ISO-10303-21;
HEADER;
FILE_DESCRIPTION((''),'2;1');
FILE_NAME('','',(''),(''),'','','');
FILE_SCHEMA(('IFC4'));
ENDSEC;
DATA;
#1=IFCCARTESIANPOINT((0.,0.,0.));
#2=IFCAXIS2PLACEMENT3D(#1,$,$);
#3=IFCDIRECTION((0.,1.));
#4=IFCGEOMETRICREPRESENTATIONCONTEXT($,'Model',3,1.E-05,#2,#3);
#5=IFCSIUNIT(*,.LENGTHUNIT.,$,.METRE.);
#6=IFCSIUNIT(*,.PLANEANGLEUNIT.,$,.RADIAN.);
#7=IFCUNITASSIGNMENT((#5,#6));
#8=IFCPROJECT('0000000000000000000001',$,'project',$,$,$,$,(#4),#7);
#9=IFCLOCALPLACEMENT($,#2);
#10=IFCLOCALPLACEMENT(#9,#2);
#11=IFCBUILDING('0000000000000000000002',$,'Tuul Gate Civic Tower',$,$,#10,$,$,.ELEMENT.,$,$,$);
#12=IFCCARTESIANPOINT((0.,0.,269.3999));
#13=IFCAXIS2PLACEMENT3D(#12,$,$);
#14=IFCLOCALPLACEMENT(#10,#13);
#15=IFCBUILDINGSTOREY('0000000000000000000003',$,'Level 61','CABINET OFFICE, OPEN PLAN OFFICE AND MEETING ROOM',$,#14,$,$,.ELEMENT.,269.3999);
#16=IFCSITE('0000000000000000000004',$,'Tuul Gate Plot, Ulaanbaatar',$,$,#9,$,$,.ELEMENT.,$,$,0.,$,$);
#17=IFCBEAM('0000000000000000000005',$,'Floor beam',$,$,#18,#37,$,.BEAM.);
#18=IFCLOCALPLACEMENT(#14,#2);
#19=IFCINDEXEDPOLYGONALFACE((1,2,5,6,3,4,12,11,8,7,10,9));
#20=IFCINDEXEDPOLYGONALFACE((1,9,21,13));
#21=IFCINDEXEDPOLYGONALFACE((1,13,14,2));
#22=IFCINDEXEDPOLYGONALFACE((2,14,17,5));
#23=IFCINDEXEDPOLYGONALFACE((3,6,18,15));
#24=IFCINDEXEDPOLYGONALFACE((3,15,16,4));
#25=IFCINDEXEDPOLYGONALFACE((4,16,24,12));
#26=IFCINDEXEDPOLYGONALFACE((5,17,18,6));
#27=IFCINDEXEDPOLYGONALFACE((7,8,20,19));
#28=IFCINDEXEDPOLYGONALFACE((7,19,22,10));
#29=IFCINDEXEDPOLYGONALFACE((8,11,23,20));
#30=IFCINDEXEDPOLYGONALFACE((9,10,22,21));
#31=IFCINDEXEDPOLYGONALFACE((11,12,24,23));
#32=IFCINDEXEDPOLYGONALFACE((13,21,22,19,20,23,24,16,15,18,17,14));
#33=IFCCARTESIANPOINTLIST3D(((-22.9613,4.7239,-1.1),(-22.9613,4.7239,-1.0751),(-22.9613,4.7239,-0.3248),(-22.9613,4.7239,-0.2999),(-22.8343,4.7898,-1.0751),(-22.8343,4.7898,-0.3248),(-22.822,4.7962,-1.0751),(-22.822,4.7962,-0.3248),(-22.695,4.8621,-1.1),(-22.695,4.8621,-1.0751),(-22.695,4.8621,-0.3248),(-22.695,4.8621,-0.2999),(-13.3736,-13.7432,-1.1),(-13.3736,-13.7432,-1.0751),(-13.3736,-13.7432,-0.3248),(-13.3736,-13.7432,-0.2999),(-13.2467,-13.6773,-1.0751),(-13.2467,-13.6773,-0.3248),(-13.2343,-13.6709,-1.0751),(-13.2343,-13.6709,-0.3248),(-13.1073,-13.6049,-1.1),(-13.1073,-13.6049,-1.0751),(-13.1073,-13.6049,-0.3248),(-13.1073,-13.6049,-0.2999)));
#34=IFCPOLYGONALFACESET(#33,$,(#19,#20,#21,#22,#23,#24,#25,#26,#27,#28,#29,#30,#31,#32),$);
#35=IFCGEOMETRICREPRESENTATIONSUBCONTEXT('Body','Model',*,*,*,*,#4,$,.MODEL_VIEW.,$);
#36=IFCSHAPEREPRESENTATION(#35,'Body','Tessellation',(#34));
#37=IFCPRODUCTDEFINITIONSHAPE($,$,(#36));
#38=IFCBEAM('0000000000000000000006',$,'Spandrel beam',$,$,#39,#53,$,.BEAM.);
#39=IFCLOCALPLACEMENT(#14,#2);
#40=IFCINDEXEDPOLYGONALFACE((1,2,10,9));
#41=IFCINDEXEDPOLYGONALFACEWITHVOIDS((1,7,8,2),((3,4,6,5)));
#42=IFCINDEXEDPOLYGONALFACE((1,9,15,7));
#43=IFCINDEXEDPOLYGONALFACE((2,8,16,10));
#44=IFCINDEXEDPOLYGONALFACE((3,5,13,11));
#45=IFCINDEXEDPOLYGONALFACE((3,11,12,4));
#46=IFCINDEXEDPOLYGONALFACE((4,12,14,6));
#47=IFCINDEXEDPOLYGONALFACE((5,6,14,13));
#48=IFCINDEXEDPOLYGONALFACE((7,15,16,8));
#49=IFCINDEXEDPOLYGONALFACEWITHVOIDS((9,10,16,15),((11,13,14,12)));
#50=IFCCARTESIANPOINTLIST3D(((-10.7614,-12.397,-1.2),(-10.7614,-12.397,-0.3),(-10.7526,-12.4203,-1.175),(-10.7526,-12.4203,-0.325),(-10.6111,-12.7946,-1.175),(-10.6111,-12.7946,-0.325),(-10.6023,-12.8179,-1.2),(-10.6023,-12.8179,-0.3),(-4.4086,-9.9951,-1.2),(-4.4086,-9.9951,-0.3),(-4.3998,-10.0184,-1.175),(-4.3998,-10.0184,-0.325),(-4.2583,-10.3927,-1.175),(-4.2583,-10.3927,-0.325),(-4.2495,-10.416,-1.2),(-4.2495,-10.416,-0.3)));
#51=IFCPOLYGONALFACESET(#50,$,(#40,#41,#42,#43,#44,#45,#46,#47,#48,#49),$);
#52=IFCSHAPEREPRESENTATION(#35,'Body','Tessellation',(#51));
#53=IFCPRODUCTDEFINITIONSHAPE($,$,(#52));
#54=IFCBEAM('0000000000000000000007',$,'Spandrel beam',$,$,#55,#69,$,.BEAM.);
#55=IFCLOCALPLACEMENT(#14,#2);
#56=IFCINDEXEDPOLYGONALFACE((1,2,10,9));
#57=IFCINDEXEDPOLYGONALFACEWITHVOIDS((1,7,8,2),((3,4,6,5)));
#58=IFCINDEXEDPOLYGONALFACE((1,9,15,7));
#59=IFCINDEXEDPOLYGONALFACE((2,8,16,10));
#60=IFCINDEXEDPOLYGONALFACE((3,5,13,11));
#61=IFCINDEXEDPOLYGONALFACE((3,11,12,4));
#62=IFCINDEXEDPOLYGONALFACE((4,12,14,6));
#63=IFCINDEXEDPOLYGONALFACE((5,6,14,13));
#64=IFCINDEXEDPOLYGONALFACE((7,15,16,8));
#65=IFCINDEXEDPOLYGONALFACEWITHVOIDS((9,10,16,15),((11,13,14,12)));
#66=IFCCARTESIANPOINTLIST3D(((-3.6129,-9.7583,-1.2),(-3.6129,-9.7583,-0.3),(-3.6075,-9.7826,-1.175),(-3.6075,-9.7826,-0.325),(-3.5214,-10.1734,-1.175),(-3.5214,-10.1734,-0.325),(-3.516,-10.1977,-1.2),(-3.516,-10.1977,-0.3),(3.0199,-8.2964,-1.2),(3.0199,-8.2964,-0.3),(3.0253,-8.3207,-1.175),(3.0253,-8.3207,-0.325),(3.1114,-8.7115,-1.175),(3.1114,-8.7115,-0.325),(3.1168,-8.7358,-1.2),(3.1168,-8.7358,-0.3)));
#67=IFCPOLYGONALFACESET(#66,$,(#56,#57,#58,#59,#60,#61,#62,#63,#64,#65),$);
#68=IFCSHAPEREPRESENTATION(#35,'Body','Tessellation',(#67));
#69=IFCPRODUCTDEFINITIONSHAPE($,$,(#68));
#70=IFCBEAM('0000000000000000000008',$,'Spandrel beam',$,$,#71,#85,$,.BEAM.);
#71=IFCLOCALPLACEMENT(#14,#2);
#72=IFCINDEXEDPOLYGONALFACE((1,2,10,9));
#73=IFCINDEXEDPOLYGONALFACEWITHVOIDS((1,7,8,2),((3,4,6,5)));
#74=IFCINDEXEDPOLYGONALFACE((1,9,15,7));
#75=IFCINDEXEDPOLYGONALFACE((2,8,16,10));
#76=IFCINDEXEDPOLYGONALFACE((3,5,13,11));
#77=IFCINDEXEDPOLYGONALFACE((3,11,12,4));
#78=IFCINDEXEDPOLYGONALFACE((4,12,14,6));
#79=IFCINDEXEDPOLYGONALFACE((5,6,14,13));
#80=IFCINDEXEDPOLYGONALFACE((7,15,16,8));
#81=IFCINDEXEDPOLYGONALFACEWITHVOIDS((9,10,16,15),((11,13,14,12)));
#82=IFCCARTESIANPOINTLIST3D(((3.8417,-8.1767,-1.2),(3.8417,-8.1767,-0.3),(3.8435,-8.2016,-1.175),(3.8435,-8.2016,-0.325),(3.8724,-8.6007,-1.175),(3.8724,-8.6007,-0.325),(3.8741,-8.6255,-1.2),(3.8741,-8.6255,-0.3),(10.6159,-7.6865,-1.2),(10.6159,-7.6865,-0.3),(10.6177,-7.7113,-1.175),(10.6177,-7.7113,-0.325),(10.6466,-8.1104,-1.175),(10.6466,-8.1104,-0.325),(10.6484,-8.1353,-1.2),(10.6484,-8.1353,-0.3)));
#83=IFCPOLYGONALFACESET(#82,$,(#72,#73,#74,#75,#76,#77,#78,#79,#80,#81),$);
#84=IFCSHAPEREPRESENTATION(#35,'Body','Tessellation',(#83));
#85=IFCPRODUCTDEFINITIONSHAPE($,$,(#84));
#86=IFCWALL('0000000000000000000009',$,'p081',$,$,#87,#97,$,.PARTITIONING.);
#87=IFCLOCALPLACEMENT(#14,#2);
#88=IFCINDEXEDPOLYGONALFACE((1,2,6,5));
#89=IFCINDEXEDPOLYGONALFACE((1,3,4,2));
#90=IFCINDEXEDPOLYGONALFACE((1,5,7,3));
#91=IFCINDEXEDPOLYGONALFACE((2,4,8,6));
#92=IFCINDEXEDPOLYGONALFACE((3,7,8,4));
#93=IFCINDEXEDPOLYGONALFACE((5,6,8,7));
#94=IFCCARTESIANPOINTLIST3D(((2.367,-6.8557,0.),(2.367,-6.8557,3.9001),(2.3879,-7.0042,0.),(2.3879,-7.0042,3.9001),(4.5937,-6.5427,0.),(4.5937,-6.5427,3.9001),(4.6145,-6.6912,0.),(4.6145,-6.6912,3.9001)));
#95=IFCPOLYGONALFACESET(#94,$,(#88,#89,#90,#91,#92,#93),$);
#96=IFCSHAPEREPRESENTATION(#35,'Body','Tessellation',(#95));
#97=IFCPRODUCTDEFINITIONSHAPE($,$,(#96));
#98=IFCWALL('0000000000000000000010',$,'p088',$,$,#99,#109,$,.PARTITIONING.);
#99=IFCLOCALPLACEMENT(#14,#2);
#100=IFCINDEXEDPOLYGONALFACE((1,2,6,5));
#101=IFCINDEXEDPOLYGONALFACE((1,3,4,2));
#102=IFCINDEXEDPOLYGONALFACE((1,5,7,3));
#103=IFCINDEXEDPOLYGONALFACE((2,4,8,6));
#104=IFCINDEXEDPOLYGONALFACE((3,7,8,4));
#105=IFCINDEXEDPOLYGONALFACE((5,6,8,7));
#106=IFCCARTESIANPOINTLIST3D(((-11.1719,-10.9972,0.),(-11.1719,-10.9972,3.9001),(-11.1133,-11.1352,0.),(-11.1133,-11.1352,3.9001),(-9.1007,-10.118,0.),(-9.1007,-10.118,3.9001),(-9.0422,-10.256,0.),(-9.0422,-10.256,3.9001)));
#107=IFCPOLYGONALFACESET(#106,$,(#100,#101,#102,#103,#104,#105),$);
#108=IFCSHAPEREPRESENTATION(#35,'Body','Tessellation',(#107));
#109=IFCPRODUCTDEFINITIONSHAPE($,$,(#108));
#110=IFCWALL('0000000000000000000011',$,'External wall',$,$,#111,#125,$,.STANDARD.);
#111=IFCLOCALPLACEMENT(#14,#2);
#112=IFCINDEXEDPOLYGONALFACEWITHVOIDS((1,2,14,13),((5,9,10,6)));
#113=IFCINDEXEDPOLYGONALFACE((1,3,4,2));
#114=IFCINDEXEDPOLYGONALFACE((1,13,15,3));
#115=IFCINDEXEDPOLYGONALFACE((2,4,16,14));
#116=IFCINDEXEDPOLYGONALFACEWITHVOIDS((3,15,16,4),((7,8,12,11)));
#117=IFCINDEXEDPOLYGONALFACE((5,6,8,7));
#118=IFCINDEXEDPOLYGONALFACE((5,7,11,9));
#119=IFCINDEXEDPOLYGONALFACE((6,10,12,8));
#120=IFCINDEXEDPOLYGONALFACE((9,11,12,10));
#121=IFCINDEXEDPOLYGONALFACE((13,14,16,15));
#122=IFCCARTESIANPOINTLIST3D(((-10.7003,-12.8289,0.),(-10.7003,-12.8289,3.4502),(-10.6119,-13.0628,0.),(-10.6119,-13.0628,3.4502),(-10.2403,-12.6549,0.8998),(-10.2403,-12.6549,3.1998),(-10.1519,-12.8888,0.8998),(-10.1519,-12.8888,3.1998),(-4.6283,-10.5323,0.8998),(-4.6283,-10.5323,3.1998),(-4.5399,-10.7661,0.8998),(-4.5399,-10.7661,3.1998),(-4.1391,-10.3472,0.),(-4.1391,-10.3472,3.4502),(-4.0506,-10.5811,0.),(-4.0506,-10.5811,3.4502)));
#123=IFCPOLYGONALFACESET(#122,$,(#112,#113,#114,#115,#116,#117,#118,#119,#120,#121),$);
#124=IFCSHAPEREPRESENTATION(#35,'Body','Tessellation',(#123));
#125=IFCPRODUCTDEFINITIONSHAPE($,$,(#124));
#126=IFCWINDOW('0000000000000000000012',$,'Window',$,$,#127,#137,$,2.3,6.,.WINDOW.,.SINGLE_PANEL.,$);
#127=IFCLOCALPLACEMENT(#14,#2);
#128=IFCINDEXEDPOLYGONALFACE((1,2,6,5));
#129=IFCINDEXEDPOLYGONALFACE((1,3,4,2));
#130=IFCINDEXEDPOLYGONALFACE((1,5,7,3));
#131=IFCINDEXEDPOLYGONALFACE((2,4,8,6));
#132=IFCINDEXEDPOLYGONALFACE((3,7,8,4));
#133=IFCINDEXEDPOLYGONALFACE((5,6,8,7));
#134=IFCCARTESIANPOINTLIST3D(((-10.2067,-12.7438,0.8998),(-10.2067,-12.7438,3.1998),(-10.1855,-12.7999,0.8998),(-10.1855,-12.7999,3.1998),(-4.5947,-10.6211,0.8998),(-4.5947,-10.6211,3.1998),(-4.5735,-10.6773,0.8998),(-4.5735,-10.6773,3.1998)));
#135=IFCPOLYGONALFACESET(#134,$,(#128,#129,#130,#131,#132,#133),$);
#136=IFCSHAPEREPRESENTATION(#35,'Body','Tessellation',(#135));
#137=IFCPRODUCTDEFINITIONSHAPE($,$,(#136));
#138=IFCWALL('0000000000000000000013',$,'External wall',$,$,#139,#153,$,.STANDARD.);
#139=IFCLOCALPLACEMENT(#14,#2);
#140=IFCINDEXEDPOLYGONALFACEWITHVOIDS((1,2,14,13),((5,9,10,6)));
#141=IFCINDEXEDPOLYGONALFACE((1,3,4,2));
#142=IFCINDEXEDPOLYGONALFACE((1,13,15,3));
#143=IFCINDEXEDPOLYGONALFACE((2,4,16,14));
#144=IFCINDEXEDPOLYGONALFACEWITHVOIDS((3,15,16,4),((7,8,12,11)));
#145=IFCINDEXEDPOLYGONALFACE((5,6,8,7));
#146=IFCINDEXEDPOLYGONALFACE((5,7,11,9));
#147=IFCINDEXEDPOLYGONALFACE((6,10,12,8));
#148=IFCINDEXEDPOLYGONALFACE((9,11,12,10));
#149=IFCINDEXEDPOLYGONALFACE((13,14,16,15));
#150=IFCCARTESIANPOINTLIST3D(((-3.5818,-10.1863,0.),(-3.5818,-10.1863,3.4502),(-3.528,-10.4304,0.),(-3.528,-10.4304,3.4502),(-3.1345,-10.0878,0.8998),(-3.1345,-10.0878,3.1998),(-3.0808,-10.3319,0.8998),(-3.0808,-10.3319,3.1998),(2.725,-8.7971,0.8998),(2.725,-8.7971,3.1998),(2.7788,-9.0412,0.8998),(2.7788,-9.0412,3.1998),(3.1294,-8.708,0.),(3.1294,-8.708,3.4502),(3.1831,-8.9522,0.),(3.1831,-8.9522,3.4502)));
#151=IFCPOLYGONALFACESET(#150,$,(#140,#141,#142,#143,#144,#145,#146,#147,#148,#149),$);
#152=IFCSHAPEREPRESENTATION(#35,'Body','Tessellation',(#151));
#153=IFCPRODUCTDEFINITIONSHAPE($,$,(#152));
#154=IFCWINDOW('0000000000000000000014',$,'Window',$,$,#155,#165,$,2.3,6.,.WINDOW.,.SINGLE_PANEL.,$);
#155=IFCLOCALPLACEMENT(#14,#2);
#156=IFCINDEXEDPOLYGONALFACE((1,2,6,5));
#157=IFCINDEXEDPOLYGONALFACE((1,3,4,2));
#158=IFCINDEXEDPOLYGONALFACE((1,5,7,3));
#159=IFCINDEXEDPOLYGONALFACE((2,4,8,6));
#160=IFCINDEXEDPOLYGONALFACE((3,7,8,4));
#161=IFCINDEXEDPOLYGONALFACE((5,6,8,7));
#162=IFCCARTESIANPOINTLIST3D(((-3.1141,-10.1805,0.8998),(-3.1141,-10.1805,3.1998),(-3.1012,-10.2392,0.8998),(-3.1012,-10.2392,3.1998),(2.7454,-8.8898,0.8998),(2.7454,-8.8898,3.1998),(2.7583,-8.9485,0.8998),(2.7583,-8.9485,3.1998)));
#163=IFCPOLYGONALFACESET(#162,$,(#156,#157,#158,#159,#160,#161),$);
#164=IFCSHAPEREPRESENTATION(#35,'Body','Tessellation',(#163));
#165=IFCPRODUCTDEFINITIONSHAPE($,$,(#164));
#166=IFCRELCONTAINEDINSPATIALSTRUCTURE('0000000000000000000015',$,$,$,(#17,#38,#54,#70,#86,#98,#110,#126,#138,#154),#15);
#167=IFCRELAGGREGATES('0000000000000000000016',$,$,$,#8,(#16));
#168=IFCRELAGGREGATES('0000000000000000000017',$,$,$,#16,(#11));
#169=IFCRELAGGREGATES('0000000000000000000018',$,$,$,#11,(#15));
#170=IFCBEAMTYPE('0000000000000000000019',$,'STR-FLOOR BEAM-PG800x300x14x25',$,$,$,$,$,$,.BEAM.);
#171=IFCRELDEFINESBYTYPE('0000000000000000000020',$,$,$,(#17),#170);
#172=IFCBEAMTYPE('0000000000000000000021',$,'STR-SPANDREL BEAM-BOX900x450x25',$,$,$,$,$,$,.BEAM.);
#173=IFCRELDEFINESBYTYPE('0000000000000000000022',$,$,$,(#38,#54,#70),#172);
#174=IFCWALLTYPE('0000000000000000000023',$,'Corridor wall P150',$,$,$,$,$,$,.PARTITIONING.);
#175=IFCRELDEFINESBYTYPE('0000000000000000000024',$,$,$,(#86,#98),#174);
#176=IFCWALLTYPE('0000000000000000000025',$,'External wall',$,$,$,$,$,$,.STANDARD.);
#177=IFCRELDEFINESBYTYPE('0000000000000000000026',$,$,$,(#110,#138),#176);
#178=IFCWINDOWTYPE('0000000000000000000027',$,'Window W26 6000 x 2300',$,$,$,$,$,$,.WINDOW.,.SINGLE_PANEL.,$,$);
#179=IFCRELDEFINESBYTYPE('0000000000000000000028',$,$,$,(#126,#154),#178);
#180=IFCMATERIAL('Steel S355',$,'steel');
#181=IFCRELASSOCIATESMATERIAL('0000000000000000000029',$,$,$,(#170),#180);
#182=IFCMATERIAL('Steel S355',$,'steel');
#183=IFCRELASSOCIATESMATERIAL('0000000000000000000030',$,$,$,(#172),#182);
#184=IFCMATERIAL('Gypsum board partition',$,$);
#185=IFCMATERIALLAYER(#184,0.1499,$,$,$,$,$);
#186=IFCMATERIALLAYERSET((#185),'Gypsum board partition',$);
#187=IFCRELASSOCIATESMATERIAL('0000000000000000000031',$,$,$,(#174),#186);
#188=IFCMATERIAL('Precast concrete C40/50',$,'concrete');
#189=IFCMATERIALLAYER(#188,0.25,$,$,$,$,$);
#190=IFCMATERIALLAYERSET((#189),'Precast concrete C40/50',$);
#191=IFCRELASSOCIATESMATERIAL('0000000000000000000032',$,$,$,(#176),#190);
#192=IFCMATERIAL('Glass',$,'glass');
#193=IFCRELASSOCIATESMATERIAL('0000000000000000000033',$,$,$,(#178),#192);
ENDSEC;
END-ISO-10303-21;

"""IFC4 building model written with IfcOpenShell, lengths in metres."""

from ifc_helpers import new_model, si_unit, direction, frame, frame_2d, origin, origin_2d, place, context, subcontext, project, spatial, rectangle, hollow_rectangle, i_section, extrude, material, layer, layer_set, material_profile, profile_set, type_object, element, fill, save


model = new_model("IFC4")

# Units and contexts
model_context = context("Model", 3, precision=1e-05, world=origin(), true_north=direction((0.0, 1.0)))
body_context = subcontext(model_context, "Body", "Model", "MODEL_VIEW")
ifc_project = project(units=[si_unit("LENGTHUNIT", "METRE"), si_unit("PLANEANGLEUNIT", "RADIAN")], contexts=[model_context])

# Site, building, storey
site_placement = place(None, origin())
site = spatial("IfcSite", under=ifc_project, at=site_placement, Name="Tuul Gate Plot, Ulaanbaatar", CompositionType="ELEMENT", RefElevation=0.0)
building_placement = place(site_placement, origin())
building = spatial("IfcBuilding", under=site, at=building_placement, Name="Tuul Gate Civic Tower", CompositionType="ELEMENT")
storey_placement = place(building_placement, frame((0.0, 0.0, 269.3999)))
storey = spatial("IfcBuildingStorey", under=building, at=storey_placement, Name="Level 61", Description="CABINET OFFICE, OPEN PLAN OFFICE AND MEETING ROOM", CompositionType="ELEMENT", Elevation=269.3999)

# Beams
ifc_material_1 = material(Name="Steel S355", Category="steel")
ifc_material_profile_1 = material_profile(ifc_material_1, i_section(OverallWidth=0.3, OverallDepth=0.8, WebThickness=0.0139, FlangeThickness=0.0249, at=origin_2d()), Name="PG800x300x14x25")
ifc_profile_set_1 = profile_set([ifc_material_profile_1], Name="Steel S355")
beam_type_1 = type_object("IfcBeamType", Name="STR-FLOOR BEAM-PG800x300x14x25", PredefinedType="BEAM", material=ifc_profile_set_1)
beam_1_placement = place(storey_placement, frame((-13.2405, -13.6741, -0.7), z_axis=(-0.460777, 0.887516, 0.0), x_axis=(-0.887516, -0.460777, 0.0)))
element("IfcBeam", 1, at=beam_1_placement, inside=storey, type_object=beam_type_1, Name="Floor beam", PredefinedType="BEAM", context=body_context, shape_type="SweptSolid", body=[
    extrude(i_section(OverallWidth=0.3, OverallDepth=0.8, WebThickness=0.0139, FlangeThickness=0.0249, at=origin_2d()), origin(), (0.0, 0.0, 1.0), 20.8076),
])
ifc_material_2 = material(Name="Steel S355", Category="steel")
ifc_material_profile_2 = material_profile(ifc_material_2, hollow_rectangle(XDim=0.45, YDim=0.8999, WallThickness=0.0249, at=origin_2d()), Name="BOX900x450x25")
ifc_profile_set_2 = profile_set([ifc_material_profile_2], Name="Steel S355")
beam_type_2 = type_object("IfcBeamType", Name="STR-SPANDREL BEAM-BOX900x450x25", PredefinedType="BEAM", material=ifc_profile_set_2)
beam_2_placement = place(storey_placement, frame((-10.6819, -12.6074, -0.75), z_axis=(0.935379, 0.353647, 0.0), x_axis=(-0.353647, 0.935379, 0.0)))
element("IfcBeam", 2, at=beam_2_placement, inside=storey, type_object=beam_type_2, Name="Spandrel beam", PredefinedType="BEAM", context=body_context, shape_type="SweptSolid", body=[
    extrude(hollow_rectangle(XDim=0.45, YDim=0.8999, WallThickness=0.0249, at=origin_2d()), origin(), (0.0, 0.0, 1.0), 6.7917),
])
for number, where, z_axis, x_axis, name in (
    (3, (-3.5645, -9.978, -0.75), (0.976561, 0.21524, 0.0), (-0.21524, 0.976561, 0.0), "Spandrel beam"),
    (4, (3.8579, -8.4011, -0.75), (0.997392, 0.072179, 0.0), (-0.072179, 0.997392, 0.0), "Spandrel beam"),
):
    element("IfcBeam", number, at=place(storey_placement, frame(where, z_axis=z_axis, x_axis=x_axis)), inside=storey, type_object=beam_type_2, Name=name, PredefinedType="BEAM", context=body_context, shape_type="SweptSolid", body=[
        extrude(hollow_rectangle(XDim=0.45, YDim=0.8999, WallThickness=0.0249, at=origin_2d()), origin(), (0.0, 0.0, 1.0), 6.792),
    ])

# Walls
ifc_material_3 = material(Name="Gypsum board partition")
ifc_layer_1 = layer(ifc_material_3, 0.1499)
ifc_layer_set_1 = layer_set([ifc_layer_1], Name="Gypsum board partition")
wall_type_1 = type_object("IfcWallType", Name="Corridor wall P150", PredefinedType="PARTITIONING", material=ifc_layer_set_1)
wall_1_placement = place(storey_placement, frame((2.3774, -6.9299, 0.0), z_axis=(0.0, 0.0, 1.0), x_axis=(0.990264, 0.139202, 0.0)))
element("IfcWall", 5, at=wall_1_placement, inside=storey, type_object=wall_type_1, Name="p081", PredefinedType="PARTITIONING", context=body_context, shape_type="SweptSolid", body=[
    extrude(rectangle(XDim=2.2485, YDim=0.1499, at=frame_2d((1.1243, 0.0))), origin(), (0.0, 0.0, 1.0), 3.9001),
])
wall_2_placement = place(storey_placement, frame((-11.1426, -11.0662, 0.0), z_axis=(0.0, 0.0, 1.0), x_axis=(0.920498, 0.390748, 0.0)))
element("IfcWall", 6, at=wall_2_placement, inside=storey, type_object=wall_type_1, Name="p088", PredefinedType="PARTITIONING", context=body_context, shape_type="SweptSolid", body=[
    extrude(rectangle(XDim=2.25, YDim=0.1499, at=frame_2d((1.125, 0.0))), origin(), (0.0, 0.0, 1.0), 3.9001),
])

# Walls, openings, windows
ifc_material_4 = material(Name="Precast concrete C40/50", Category="concrete")
ifc_layer_2 = layer(ifc_material_4, 0.25)
ifc_layer_set_2 = layer_set([ifc_layer_2], Name="Precast concrete C40/50")
wall_type_2 = type_object("IfcWallType", Name="External wall", PredefinedType="STANDARD", material=ifc_layer_set_2)
wall_3_placement = place(storey_placement, frame((-10.656, -12.9458, 0.0), z_axis=(0.0, 0.0, 1.0), x_axis=(0.935331, 0.353773, 0.0)))
wall_3 = element("IfcWall", 7, at=wall_3_placement, inside=storey, type_object=wall_type_2, Name="External wall", PredefinedType="STANDARD", context=body_context, shape_type="SweptSolid", body=[
    extrude(rectangle(XDim=7.0149, YDim=0.25, at=frame_2d((3.5073, 0.0))), origin(), (0.0, 0.0, 1.0), 3.4502),
])
opening_1_placement = place(wall_3_placement, frame((0.4917, 0.0, 0.8999)))
opening_1 = element("IfcOpeningElement", 8, at=opening_1_placement, cuts=wall_3, PredefinedType="OPENING", context=body_context, shape_type="SweptSolid", body=[
    extrude(rectangle(XDim=6.0, YDim=2.3, at=frame_2d((3.0, 1.1499))), frame((0.0, 0.135, 0.0), z_axis=(0.0, -1.0, 0.0), x_axis=(1.0, 0.0, 0.0)), (0.0, 0.0, 1.0), 0.27),
])
ifc_material_5 = material(Name="Glass", Category="glass")
window_type = type_object("IfcWindowType", Name="Window W26 6000 x 2300", PartitioningType="SINGLE_PANEL", PredefinedType="WINDOW", material=ifc_material_5)
window_1_placement = place(opening_1_placement, origin())
window_1 = element("IfcWindow", 9, at=window_1_placement, inside=storey, type_object=window_type, Name="Window", OverallHeight=2.3, OverallWidth=6.0, PartitioningType="SINGLE_PANEL", PredefinedType="WINDOW", context=body_context, shape_type="SweptSolid", body=[
    extrude(rectangle(XDim=6.0, YDim=2.3, at=frame_2d((3.0, 1.1499))), frame((0.0, 0.03, 0.0), z_axis=(0.0, -1.0, 0.0), x_axis=(1.0, 0.0, 0.0)), (0.0, 0.0, 1.0), 0.0601),
])
fill(opening_1, window_1)
wall_4_placement = place(storey_placement, frame((-3.5549, -10.3083, 0.0), z_axis=(0.0, 0.0, 1.0), x_axis=(0.976589, 0.215113, 0.0)))
wall_4 = element("IfcWall", 10, at=wall_4_placement, inside=storey, type_object=wall_type_2, Name="External wall", PredefinedType="STANDARD", context=body_context, shape_type="SweptSolid", body=[
    extrude(rectangle(XDim=6.8721, YDim=0.25, at=frame_2d((3.436, 0.0))), origin(), (0.0, 0.0, 1.0), 3.4502),
])
opening_2_placement = place(wall_4_placement, frame((0.458, 0.0, 0.8999)))
opening_2 = element("IfcOpeningElement", 11, at=opening_2_placement, cuts=wall_4, PredefinedType="OPENING", context=body_context, shape_type="SweptSolid", body=[
    extrude(rectangle(XDim=6.0, YDim=2.3, at=frame_2d((3.0, 1.1499))), frame((0.0, 0.135, 0.0), z_axis=(0.0, -1.0, 0.0), x_axis=(1.0, 0.0, 0.0)), (0.0, 0.0, 1.0), 0.27),
])
window_2_placement = place(opening_2_placement, origin())
window_2 = element("IfcWindow", 12, at=window_2_placement, inside=storey, type_object=window_type, Name="Window", OverallHeight=2.3, OverallWidth=6.0, PartitioningType="SINGLE_PANEL", PredefinedType="WINDOW", context=body_context, shape_type="SweptSolid", body=[
    extrude(rectangle(XDim=6.0, YDim=2.3, at=frame_2d((3.0, 1.1499))), frame((0.0, 0.03, 0.0), z_axis=(0.0, -1.0, 0.0), x_axis=(1.0, 0.0, 0.0)), (0.0, 0.0, 1.0), 0.0601),
])
fill(opening_2, window_2)

save(model, "model.ifc")
